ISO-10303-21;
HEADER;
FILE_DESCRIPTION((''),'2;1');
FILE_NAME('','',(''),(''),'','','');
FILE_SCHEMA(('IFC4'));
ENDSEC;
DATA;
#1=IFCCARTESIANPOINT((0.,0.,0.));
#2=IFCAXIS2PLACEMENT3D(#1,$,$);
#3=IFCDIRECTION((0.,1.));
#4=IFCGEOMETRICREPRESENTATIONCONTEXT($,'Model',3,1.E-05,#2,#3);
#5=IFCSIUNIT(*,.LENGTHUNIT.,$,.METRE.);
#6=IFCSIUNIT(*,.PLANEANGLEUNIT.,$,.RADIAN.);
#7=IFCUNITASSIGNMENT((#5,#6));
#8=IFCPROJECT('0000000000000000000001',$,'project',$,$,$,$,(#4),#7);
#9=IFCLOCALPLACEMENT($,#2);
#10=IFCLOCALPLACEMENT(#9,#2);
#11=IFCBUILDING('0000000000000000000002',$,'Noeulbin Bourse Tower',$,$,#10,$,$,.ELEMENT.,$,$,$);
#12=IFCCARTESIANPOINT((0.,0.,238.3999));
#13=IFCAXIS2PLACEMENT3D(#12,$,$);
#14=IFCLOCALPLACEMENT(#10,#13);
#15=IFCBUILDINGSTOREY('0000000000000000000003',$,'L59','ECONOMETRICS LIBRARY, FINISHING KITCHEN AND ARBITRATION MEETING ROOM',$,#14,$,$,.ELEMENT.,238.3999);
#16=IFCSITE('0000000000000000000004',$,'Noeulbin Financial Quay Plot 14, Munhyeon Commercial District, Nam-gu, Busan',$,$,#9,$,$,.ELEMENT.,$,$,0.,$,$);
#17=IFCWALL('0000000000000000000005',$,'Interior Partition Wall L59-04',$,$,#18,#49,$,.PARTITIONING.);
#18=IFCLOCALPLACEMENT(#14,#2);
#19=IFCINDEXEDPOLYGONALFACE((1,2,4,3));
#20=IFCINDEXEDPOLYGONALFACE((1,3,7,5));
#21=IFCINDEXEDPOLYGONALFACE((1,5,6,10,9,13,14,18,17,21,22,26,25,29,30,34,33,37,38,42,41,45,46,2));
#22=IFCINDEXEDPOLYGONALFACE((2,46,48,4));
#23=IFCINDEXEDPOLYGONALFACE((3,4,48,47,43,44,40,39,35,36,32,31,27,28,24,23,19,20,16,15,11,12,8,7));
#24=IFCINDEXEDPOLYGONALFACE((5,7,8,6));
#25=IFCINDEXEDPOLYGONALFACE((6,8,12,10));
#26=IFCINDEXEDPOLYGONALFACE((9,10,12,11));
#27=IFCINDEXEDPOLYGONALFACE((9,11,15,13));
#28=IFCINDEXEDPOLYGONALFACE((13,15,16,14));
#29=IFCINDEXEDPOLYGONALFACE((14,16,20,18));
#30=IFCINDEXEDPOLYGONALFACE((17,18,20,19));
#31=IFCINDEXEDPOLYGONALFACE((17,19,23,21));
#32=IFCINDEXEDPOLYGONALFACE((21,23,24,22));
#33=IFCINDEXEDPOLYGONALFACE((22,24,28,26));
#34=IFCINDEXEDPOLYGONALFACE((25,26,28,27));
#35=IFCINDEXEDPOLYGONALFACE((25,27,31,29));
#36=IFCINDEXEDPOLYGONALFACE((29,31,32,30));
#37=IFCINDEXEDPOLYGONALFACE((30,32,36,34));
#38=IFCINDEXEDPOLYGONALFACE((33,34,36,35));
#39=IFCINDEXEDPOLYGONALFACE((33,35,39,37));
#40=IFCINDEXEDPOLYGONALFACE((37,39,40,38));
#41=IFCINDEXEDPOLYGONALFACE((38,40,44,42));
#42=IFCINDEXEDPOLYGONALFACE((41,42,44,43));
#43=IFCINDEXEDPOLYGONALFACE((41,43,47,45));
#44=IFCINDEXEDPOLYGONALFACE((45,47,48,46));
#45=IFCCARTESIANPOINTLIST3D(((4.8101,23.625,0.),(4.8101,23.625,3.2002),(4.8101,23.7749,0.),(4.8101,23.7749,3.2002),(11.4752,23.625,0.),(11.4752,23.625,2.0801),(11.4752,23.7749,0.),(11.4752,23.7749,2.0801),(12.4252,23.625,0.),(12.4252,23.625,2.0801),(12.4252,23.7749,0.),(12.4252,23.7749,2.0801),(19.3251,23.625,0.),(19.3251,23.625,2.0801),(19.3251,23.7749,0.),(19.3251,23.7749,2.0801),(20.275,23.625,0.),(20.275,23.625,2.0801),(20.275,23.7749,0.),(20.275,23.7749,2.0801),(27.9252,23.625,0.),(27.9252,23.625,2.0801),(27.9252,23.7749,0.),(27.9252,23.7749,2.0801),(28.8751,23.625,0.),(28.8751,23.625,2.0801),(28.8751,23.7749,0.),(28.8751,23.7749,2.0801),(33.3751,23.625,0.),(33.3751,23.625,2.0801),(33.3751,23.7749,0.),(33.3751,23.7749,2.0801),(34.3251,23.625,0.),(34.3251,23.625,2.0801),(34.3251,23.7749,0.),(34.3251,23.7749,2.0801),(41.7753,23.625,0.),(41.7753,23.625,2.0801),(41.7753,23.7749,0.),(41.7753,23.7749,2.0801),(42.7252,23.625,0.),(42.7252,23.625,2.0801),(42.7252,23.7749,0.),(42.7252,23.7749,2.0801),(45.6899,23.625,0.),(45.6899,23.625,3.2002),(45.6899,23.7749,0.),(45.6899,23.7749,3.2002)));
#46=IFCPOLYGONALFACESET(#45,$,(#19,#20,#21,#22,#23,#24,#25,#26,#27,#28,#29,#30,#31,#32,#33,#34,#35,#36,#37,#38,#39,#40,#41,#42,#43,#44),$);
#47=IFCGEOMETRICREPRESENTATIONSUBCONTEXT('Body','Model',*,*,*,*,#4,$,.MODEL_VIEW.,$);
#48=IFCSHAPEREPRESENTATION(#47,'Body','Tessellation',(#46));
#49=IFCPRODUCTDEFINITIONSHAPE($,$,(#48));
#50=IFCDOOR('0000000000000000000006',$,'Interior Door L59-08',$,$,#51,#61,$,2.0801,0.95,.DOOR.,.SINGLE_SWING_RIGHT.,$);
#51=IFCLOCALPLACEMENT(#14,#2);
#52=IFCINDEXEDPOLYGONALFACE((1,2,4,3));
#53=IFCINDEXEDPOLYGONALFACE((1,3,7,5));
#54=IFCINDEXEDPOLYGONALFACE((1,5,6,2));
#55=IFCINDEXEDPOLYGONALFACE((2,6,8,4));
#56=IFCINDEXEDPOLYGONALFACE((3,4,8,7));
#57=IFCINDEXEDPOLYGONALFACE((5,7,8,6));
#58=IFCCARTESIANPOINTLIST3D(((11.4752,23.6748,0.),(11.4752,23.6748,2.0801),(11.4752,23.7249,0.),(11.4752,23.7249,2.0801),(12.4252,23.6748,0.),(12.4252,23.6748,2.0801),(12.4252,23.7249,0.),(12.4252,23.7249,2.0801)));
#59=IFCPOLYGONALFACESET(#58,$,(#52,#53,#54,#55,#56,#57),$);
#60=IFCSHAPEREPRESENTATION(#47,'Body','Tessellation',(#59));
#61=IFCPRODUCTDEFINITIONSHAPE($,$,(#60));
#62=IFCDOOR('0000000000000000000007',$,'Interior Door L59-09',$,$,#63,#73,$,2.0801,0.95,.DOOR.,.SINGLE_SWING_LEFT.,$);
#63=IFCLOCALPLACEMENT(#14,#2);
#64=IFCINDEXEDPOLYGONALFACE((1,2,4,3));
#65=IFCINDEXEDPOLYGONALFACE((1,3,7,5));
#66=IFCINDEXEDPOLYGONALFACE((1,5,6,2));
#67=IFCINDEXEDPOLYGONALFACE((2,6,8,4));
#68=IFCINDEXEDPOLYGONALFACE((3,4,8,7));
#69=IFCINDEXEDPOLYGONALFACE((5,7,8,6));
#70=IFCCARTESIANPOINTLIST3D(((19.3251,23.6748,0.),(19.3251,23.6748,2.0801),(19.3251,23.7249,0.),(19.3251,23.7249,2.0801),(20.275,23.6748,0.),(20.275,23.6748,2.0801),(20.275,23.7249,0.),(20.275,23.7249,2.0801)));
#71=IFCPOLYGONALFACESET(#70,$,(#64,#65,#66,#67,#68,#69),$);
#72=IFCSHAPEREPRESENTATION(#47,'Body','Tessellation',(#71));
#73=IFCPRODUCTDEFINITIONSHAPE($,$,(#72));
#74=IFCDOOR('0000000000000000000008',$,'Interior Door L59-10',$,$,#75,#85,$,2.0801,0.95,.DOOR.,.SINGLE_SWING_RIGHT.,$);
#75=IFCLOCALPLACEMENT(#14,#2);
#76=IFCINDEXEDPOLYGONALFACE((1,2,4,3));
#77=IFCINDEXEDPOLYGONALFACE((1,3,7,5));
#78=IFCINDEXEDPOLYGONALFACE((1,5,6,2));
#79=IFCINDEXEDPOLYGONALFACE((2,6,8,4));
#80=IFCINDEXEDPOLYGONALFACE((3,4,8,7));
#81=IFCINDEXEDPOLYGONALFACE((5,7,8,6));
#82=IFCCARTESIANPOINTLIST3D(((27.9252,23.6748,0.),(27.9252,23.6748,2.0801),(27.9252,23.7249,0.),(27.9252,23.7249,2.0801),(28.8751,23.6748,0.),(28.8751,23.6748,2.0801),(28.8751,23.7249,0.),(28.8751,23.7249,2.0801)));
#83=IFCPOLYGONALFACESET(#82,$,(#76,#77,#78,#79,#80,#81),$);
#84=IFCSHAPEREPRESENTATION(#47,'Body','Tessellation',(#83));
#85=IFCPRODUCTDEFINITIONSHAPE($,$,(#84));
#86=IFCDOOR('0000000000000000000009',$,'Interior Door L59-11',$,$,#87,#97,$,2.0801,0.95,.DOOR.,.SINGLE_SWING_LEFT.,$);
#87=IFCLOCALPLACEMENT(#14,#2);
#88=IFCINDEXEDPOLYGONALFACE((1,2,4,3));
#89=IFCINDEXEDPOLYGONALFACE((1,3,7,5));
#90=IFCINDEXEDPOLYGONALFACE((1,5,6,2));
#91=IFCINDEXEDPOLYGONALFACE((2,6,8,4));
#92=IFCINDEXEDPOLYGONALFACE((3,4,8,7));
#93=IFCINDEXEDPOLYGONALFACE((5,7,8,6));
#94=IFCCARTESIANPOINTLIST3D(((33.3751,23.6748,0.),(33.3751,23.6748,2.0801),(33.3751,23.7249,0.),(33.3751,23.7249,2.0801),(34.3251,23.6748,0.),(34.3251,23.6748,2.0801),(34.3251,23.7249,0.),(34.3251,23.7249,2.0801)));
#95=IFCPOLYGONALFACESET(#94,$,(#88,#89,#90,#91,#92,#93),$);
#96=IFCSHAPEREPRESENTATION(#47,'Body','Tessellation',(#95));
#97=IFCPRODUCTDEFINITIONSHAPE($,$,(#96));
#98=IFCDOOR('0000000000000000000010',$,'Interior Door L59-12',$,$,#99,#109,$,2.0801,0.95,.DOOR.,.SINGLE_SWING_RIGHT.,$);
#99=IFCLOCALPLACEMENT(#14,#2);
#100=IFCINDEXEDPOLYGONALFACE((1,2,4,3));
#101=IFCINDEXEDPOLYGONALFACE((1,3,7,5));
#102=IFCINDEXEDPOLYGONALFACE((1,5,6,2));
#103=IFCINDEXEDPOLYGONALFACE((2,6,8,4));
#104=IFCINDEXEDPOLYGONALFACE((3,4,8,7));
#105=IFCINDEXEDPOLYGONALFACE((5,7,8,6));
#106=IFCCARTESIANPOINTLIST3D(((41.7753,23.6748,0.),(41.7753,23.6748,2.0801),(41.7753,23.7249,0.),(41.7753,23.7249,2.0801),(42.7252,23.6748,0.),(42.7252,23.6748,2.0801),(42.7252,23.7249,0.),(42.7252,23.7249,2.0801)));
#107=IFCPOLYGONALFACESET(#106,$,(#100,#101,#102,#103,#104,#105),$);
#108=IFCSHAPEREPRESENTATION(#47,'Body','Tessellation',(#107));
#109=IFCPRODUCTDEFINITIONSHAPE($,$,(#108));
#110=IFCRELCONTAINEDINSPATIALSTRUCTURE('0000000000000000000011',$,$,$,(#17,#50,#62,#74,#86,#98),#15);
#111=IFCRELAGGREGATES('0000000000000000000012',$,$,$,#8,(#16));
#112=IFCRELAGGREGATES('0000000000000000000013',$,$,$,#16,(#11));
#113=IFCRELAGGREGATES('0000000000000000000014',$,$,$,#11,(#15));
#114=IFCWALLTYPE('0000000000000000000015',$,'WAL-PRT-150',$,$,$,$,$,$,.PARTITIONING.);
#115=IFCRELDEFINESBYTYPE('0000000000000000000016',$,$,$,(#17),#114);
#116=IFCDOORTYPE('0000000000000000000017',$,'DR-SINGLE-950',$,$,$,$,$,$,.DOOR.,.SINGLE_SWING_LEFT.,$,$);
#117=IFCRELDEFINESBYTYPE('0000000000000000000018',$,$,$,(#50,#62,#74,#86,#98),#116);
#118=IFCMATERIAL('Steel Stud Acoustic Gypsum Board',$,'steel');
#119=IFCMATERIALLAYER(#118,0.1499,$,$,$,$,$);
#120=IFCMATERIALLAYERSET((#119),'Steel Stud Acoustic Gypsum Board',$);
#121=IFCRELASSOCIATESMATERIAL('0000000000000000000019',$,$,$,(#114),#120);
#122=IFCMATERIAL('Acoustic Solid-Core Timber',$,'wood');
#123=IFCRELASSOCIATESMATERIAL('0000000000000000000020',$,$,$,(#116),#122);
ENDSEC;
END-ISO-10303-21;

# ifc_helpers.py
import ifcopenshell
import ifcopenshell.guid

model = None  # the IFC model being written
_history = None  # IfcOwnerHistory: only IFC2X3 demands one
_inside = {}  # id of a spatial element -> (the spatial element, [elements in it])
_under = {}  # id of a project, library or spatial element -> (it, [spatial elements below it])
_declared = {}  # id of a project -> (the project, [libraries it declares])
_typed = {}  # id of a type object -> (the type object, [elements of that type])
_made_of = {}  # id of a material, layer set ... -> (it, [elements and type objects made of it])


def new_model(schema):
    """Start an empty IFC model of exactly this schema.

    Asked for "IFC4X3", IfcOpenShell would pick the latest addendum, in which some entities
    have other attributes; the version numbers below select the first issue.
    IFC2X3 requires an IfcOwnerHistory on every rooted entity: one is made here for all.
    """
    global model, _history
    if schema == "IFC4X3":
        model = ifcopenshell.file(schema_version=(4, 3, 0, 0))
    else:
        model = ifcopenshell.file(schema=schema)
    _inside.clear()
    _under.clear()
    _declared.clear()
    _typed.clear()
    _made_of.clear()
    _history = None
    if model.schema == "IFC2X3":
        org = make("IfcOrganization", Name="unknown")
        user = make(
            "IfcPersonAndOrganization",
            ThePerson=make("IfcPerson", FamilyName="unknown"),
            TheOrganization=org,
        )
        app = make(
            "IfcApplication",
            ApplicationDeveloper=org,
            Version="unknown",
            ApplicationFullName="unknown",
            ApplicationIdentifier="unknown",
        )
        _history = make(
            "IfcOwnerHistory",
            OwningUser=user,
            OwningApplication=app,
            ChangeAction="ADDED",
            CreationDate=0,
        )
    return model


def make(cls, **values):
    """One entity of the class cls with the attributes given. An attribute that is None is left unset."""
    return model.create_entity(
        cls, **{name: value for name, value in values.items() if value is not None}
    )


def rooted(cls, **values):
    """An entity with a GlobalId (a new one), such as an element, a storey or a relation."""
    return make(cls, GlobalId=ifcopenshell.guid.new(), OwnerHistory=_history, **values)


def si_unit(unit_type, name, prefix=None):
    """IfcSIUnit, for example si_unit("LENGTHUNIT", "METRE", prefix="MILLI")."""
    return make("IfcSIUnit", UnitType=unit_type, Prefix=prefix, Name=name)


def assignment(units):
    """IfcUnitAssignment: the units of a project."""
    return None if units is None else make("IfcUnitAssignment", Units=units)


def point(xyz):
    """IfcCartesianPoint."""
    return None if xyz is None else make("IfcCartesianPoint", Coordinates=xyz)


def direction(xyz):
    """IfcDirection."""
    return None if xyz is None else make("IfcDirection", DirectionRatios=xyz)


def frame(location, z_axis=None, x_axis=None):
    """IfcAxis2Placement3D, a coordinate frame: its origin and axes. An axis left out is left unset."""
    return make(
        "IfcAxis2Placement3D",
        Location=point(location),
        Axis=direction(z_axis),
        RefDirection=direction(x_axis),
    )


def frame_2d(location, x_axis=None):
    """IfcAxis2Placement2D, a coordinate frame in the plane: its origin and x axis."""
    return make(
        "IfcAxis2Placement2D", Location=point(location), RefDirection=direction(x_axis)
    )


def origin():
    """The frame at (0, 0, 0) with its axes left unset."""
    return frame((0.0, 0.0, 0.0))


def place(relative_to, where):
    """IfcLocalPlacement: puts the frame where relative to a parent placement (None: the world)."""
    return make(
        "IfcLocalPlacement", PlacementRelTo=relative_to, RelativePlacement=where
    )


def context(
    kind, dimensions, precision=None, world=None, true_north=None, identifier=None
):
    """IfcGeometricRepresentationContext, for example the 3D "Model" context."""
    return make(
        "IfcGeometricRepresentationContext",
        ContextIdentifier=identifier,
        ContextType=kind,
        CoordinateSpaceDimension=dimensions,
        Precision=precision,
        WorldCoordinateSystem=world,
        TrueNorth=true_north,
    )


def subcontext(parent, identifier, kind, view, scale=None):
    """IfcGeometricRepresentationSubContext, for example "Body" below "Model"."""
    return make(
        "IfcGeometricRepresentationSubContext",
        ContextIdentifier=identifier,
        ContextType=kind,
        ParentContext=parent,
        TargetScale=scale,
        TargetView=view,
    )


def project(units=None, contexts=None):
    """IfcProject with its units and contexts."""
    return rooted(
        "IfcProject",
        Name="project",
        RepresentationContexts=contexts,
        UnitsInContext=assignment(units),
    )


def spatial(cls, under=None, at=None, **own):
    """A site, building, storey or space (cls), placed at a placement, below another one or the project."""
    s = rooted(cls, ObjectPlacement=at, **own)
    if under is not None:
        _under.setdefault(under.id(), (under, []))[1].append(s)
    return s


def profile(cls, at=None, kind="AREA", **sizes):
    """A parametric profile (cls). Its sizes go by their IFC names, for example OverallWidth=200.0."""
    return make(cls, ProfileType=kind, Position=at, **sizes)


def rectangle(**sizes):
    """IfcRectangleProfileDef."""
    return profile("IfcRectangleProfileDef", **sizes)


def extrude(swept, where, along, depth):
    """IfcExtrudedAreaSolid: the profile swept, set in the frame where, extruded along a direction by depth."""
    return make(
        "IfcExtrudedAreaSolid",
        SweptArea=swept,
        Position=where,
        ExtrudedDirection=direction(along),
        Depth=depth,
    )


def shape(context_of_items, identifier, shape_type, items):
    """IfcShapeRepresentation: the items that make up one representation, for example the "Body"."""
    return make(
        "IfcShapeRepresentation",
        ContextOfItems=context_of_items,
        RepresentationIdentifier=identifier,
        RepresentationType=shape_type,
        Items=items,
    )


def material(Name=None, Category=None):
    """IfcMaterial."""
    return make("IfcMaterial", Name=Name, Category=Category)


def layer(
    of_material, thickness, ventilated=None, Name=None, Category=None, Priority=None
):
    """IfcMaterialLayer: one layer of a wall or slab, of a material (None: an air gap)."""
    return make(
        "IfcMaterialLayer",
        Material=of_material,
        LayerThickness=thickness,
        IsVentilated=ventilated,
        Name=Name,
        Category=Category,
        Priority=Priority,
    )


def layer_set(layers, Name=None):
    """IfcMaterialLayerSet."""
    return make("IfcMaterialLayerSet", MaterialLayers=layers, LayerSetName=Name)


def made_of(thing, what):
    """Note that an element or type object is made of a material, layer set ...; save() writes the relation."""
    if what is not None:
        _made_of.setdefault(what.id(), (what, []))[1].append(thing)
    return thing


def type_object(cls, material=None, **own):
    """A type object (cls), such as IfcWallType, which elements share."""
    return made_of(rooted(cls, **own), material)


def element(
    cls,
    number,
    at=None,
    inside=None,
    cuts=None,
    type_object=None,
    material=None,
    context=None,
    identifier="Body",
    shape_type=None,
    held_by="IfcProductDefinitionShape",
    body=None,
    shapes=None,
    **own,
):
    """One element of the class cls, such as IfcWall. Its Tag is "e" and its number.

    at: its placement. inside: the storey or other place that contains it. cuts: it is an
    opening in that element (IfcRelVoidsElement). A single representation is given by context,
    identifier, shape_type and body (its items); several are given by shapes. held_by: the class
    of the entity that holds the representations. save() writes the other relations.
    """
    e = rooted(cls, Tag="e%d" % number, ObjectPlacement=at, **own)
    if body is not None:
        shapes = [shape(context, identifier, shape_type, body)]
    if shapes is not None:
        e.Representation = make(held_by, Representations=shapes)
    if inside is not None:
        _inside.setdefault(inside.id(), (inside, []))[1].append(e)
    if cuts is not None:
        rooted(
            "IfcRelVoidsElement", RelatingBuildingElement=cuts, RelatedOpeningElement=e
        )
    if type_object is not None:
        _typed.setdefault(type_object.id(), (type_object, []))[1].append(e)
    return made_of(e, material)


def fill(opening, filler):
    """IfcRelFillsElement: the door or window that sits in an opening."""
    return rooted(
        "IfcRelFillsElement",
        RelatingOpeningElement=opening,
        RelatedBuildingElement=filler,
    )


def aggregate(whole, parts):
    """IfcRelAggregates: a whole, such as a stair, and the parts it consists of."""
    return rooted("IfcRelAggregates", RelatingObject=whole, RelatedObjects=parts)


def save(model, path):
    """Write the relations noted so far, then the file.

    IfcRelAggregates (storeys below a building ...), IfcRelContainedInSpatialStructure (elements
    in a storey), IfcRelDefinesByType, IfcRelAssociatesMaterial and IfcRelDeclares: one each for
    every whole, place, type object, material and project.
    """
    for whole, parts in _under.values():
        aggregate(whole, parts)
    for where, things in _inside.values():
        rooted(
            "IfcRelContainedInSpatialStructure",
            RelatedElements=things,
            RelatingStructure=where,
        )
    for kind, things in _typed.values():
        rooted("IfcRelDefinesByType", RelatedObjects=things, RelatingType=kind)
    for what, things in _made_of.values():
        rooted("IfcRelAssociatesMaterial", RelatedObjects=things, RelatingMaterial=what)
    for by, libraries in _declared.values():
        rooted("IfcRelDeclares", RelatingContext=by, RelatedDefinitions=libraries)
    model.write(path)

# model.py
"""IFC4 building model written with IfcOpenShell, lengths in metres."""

from ifc_helpers import new_model, si_unit, direction, frame, frame_2d, origin, place, context, subcontext, project, spatial, rectangle, extrude, material, layer, layer_set, type_object, element, fill, save


model = new_model("IFC4")

# Units and contexts
model_context = context("Model", 3, precision=1e-05, world=origin(), true_north=direction((0.0, 1.0)))
body_context = subcontext(model_context, "Body", "Model", "MODEL_VIEW")
ifc_project = project(units=[si_unit("LENGTHUNIT", "METRE"), si_unit("PLANEANGLEUNIT", "RADIAN")], contexts=[model_context])

# Site, building, storey
site_placement = place(None, origin())
site = spatial("IfcSite", under=ifc_project, at=site_placement, Name="Noeulbin Financial Quay Plot 14, Munhyeon Commercial District, Nam-gu, Busan", CompositionType="ELEMENT", RefElevation=0.0)
building_placement = place(site_placement, origin())
building = spatial("IfcBuilding", under=site, at=building_placement, Name="Noeulbin Bourse Tower", CompositionType="ELEMENT")
storey_placement = place(building_placement, frame((0.0, 0.0, 238.3999)))
storey = spatial("IfcBuildingStorey", under=building, at=storey_placement, Name="L59", Description="ECONOMETRICS LIBRARY, FINISHING KITCHEN AND ARBITRATION MEETING ROOM", CompositionType="ELEMENT", Elevation=238.3999)

# Wall, openings, doors
ifc_material_1 = material(Name="Steel Stud Acoustic Gypsum Board", Category="steel")
ifc_layer_1 = layer(ifc_material_1, 0.1499)
ifc_layer_set_1 = layer_set([ifc_layer_1], Name="Steel Stud Acoustic Gypsum Board")
wall_type = type_object("IfcWallType", Name="WAL-PRT-150", PredefinedType="PARTITIONING", material=ifc_layer_set_1)
wall_placement = place(storey_placement, frame((4.8101, 23.7, 0.0), z_axis=(0.0, 0.0, 1.0), x_axis=(1.0, 0.0, 0.0)))
wall = element("IfcWall", 1, at=wall_placement, inside=storey, type_object=wall_type, Name="Interior Partition Wall L59-04", PredefinedType="PARTITIONING", context=body_context, shape_type="SweptSolid", body=[
    extrude(rectangle(XDim=40.8799, YDim=0.1499, at=frame_2d((20.4399, 0.0))), origin(), (0.0, 0.0, 1.0), 3.2002),
])
opening_1_placement = place(wall_placement, frame((6.665, 0.0, 0.0)))
opening_1 = element("IfcOpeningElement", 2, at=opening_1_placement, cuts=wall, PredefinedType="OPENING", context=body_context, shape_type="SweptSolid", body=[
    extrude(rectangle(XDim=0.95, YDim=2.0801, at=frame_2d((0.4751, 1.04))), frame((0.0, 0.085, 0.0), z_axis=(0.0, -1.0, 0.0), x_axis=(1.0, 0.0, 0.0)), (0.0, 0.0, 1.0), 0.1699),
])
opening_2_placement = place(wall_placement, frame((14.5149, 0.0, 0.0)))
opening_2 = element("IfcOpeningElement", 3, at=opening_2_placement, cuts=wall, PredefinedType="OPENING", context=body_context, shape_type="SweptSolid", body=[
    extrude(rectangle(XDim=0.95, YDim=2.0801, at=frame_2d((0.4751, 1.04))), frame((0.0, 0.085, 0.0), z_axis=(0.0, -1.0, 0.0), x_axis=(1.0, 0.0, 0.0)), (0.0, 0.0, 1.0), 0.1699),
])
opening_3_placement = place(wall_placement, frame((23.115, 0.0, 0.0)))
opening_3 = element("IfcOpeningElement", 4, at=opening_3_placement, cuts=wall, PredefinedType="OPENING", context=body_context, shape_type="SweptSolid", body=[
    extrude(rectangle(XDim=0.95, YDim=2.0801, at=frame_2d((0.4751, 1.04))), frame((0.0, 0.085, 0.0), z_axis=(0.0, -1.0, 0.0), x_axis=(1.0, 0.0, 0.0)), (0.0, 0.0, 1.0), 0.1699),
])
opening_4_placement = place(wall_placement, frame((28.5649, 0.0, 0.0)))
opening_4 = element("IfcOpeningElement", 5, at=opening_4_placement, cuts=wall, PredefinedType="OPENING", context=body_context, shape_type="SweptSolid", body=[
    extrude(rectangle(XDim=0.95, YDim=2.0801, at=frame_2d((0.4751, 1.04))), frame((0.0, 0.085, 0.0), z_axis=(0.0, -1.0, 0.0), x_axis=(1.0, 0.0, 0.0)), (0.0, 0.0, 1.0), 0.1699),
])
opening_5_placement = place(wall_placement, frame((36.9651, 0.0, 0.0)))
opening_5 = element("IfcOpeningElement", 6, at=opening_5_placement, cuts=wall, PredefinedType="OPENING", context=body_context, shape_type="SweptSolid", body=[
    extrude(rectangle(XDim=0.95, YDim=2.0801, at=frame_2d((0.4751, 1.04))), frame((0.0, 0.085, 0.0), z_axis=(0.0, -1.0, 0.0), x_axis=(1.0, 0.0, 0.0)), (0.0, 0.0, 1.0), 0.1699),
])
ifc_material_2 = material(Name="Acoustic Solid-Core Timber", Category="wood")
door_type = type_object("IfcDoorType", Name="DR-SINGLE-950", OperationType="SINGLE_SWING_LEFT", PredefinedType="DOOR", material=ifc_material_2)
door_1_placement = place(opening_1_placement, origin())
door_1 = element("IfcDoor", 7, at=door_1_placement, inside=storey, type_object=door_type, Name="Interior Door L59-08", OperationType="SINGLE_SWING_RIGHT", OverallHeight=2.0801, OverallWidth=0.95, PredefinedType="DOOR", context=body_context, shape_type="SweptSolid", body=[
    extrude(rectangle(XDim=0.95, YDim=2.0801, at=frame_2d((0.4751, 1.04))), frame((0.0, 0.0249, 0.0), z_axis=(0.0, -1.0, 0.0), x_axis=(1.0, 0.0, 0.0)), (0.0, 0.0, 1.0), 0.05),
])
fill(opening_1, door_1)
door_2_placement = place(opening_2_placement, origin())
door_2 = element("IfcDoor", 8, at=door_2_placement, inside=storey, type_object=door_type, Name="Interior Door L59-09", OperationType="SINGLE_SWING_LEFT", OverallHeight=2.0801, OverallWidth=0.95, PredefinedType="DOOR", context=body_context, shape_type="SweptSolid", body=[
    extrude(rectangle(XDim=0.95, YDim=2.0801, at=frame_2d((0.4751, 1.04))), frame((0.0, 0.0249, 0.0), z_axis=(0.0, -1.0, 0.0), x_axis=(1.0, 0.0, 0.0)), (0.0, 0.0, 1.0), 0.05),
])
fill(opening_2, door_2)
door_3_placement = place(opening_3_placement, origin())
door_3 = element("IfcDoor", 9, at=door_3_placement, inside=storey, type_object=door_type, Name="Interior Door L59-10", OperationType="SINGLE_SWING_RIGHT", OverallHeight=2.0801, OverallWidth=0.95, PredefinedType="DOOR", context=body_context, shape_type="SweptSolid", body=[
    extrude(rectangle(XDim=0.95, YDim=2.0801, at=frame_2d((0.4751, 1.04))), frame((0.0, 0.0249, 0.0), z_axis=(0.0, -1.0, 0.0), x_axis=(1.0, 0.0, 0.0)), (0.0, 0.0, 1.0), 0.05),
])
fill(opening_3, door_3)
door_4_placement = place(opening_4_placement, origin())
door_4 = element("IfcDoor", 10, at=door_4_placement, inside=storey, type_object=door_type, Name="Interior Door L59-11", OperationType="SINGLE_SWING_LEFT", OverallHeight=2.0801, OverallWidth=0.95, PredefinedType="DOOR", context=body_context, shape_type="SweptSolid", body=[
    extrude(rectangle(XDim=0.95, YDim=2.0801, at=frame_2d((0.4751, 1.04))), frame((0.0, 0.0249, 0.0), z_axis=(0.0, -1.0, 0.0), x_axis=(1.0, 0.0, 0.0)), (0.0, 0.0, 1.0), 0.05),
])
fill(opening_4, door_4)
door_5_placement = place(opening_5_placement, origin())
door_5 = element("IfcDoor", 11, at=door_5_placement, inside=storey, type_object=door_type, Name="Interior Door L59-12", OperationType="SINGLE_SWING_RIGHT", OverallHeight=2.0801, OverallWidth=0.95, PredefinedType="DOOR", context=body_context, shape_type="SweptSolid", body=[
    extrude(rectangle(XDim=0.95, YDim=2.0801, at=frame_2d((0.4751, 1.04))), frame((0.0, 0.0249, 0.0), z_axis=(0.0, -1.0, 0.0), x_axis=(1.0, 0.0, 0.0)), (0.0, 0.0, 1.0), 0.05),
])
fill(opening_5, door_5)

save(model, "model.ifc")
